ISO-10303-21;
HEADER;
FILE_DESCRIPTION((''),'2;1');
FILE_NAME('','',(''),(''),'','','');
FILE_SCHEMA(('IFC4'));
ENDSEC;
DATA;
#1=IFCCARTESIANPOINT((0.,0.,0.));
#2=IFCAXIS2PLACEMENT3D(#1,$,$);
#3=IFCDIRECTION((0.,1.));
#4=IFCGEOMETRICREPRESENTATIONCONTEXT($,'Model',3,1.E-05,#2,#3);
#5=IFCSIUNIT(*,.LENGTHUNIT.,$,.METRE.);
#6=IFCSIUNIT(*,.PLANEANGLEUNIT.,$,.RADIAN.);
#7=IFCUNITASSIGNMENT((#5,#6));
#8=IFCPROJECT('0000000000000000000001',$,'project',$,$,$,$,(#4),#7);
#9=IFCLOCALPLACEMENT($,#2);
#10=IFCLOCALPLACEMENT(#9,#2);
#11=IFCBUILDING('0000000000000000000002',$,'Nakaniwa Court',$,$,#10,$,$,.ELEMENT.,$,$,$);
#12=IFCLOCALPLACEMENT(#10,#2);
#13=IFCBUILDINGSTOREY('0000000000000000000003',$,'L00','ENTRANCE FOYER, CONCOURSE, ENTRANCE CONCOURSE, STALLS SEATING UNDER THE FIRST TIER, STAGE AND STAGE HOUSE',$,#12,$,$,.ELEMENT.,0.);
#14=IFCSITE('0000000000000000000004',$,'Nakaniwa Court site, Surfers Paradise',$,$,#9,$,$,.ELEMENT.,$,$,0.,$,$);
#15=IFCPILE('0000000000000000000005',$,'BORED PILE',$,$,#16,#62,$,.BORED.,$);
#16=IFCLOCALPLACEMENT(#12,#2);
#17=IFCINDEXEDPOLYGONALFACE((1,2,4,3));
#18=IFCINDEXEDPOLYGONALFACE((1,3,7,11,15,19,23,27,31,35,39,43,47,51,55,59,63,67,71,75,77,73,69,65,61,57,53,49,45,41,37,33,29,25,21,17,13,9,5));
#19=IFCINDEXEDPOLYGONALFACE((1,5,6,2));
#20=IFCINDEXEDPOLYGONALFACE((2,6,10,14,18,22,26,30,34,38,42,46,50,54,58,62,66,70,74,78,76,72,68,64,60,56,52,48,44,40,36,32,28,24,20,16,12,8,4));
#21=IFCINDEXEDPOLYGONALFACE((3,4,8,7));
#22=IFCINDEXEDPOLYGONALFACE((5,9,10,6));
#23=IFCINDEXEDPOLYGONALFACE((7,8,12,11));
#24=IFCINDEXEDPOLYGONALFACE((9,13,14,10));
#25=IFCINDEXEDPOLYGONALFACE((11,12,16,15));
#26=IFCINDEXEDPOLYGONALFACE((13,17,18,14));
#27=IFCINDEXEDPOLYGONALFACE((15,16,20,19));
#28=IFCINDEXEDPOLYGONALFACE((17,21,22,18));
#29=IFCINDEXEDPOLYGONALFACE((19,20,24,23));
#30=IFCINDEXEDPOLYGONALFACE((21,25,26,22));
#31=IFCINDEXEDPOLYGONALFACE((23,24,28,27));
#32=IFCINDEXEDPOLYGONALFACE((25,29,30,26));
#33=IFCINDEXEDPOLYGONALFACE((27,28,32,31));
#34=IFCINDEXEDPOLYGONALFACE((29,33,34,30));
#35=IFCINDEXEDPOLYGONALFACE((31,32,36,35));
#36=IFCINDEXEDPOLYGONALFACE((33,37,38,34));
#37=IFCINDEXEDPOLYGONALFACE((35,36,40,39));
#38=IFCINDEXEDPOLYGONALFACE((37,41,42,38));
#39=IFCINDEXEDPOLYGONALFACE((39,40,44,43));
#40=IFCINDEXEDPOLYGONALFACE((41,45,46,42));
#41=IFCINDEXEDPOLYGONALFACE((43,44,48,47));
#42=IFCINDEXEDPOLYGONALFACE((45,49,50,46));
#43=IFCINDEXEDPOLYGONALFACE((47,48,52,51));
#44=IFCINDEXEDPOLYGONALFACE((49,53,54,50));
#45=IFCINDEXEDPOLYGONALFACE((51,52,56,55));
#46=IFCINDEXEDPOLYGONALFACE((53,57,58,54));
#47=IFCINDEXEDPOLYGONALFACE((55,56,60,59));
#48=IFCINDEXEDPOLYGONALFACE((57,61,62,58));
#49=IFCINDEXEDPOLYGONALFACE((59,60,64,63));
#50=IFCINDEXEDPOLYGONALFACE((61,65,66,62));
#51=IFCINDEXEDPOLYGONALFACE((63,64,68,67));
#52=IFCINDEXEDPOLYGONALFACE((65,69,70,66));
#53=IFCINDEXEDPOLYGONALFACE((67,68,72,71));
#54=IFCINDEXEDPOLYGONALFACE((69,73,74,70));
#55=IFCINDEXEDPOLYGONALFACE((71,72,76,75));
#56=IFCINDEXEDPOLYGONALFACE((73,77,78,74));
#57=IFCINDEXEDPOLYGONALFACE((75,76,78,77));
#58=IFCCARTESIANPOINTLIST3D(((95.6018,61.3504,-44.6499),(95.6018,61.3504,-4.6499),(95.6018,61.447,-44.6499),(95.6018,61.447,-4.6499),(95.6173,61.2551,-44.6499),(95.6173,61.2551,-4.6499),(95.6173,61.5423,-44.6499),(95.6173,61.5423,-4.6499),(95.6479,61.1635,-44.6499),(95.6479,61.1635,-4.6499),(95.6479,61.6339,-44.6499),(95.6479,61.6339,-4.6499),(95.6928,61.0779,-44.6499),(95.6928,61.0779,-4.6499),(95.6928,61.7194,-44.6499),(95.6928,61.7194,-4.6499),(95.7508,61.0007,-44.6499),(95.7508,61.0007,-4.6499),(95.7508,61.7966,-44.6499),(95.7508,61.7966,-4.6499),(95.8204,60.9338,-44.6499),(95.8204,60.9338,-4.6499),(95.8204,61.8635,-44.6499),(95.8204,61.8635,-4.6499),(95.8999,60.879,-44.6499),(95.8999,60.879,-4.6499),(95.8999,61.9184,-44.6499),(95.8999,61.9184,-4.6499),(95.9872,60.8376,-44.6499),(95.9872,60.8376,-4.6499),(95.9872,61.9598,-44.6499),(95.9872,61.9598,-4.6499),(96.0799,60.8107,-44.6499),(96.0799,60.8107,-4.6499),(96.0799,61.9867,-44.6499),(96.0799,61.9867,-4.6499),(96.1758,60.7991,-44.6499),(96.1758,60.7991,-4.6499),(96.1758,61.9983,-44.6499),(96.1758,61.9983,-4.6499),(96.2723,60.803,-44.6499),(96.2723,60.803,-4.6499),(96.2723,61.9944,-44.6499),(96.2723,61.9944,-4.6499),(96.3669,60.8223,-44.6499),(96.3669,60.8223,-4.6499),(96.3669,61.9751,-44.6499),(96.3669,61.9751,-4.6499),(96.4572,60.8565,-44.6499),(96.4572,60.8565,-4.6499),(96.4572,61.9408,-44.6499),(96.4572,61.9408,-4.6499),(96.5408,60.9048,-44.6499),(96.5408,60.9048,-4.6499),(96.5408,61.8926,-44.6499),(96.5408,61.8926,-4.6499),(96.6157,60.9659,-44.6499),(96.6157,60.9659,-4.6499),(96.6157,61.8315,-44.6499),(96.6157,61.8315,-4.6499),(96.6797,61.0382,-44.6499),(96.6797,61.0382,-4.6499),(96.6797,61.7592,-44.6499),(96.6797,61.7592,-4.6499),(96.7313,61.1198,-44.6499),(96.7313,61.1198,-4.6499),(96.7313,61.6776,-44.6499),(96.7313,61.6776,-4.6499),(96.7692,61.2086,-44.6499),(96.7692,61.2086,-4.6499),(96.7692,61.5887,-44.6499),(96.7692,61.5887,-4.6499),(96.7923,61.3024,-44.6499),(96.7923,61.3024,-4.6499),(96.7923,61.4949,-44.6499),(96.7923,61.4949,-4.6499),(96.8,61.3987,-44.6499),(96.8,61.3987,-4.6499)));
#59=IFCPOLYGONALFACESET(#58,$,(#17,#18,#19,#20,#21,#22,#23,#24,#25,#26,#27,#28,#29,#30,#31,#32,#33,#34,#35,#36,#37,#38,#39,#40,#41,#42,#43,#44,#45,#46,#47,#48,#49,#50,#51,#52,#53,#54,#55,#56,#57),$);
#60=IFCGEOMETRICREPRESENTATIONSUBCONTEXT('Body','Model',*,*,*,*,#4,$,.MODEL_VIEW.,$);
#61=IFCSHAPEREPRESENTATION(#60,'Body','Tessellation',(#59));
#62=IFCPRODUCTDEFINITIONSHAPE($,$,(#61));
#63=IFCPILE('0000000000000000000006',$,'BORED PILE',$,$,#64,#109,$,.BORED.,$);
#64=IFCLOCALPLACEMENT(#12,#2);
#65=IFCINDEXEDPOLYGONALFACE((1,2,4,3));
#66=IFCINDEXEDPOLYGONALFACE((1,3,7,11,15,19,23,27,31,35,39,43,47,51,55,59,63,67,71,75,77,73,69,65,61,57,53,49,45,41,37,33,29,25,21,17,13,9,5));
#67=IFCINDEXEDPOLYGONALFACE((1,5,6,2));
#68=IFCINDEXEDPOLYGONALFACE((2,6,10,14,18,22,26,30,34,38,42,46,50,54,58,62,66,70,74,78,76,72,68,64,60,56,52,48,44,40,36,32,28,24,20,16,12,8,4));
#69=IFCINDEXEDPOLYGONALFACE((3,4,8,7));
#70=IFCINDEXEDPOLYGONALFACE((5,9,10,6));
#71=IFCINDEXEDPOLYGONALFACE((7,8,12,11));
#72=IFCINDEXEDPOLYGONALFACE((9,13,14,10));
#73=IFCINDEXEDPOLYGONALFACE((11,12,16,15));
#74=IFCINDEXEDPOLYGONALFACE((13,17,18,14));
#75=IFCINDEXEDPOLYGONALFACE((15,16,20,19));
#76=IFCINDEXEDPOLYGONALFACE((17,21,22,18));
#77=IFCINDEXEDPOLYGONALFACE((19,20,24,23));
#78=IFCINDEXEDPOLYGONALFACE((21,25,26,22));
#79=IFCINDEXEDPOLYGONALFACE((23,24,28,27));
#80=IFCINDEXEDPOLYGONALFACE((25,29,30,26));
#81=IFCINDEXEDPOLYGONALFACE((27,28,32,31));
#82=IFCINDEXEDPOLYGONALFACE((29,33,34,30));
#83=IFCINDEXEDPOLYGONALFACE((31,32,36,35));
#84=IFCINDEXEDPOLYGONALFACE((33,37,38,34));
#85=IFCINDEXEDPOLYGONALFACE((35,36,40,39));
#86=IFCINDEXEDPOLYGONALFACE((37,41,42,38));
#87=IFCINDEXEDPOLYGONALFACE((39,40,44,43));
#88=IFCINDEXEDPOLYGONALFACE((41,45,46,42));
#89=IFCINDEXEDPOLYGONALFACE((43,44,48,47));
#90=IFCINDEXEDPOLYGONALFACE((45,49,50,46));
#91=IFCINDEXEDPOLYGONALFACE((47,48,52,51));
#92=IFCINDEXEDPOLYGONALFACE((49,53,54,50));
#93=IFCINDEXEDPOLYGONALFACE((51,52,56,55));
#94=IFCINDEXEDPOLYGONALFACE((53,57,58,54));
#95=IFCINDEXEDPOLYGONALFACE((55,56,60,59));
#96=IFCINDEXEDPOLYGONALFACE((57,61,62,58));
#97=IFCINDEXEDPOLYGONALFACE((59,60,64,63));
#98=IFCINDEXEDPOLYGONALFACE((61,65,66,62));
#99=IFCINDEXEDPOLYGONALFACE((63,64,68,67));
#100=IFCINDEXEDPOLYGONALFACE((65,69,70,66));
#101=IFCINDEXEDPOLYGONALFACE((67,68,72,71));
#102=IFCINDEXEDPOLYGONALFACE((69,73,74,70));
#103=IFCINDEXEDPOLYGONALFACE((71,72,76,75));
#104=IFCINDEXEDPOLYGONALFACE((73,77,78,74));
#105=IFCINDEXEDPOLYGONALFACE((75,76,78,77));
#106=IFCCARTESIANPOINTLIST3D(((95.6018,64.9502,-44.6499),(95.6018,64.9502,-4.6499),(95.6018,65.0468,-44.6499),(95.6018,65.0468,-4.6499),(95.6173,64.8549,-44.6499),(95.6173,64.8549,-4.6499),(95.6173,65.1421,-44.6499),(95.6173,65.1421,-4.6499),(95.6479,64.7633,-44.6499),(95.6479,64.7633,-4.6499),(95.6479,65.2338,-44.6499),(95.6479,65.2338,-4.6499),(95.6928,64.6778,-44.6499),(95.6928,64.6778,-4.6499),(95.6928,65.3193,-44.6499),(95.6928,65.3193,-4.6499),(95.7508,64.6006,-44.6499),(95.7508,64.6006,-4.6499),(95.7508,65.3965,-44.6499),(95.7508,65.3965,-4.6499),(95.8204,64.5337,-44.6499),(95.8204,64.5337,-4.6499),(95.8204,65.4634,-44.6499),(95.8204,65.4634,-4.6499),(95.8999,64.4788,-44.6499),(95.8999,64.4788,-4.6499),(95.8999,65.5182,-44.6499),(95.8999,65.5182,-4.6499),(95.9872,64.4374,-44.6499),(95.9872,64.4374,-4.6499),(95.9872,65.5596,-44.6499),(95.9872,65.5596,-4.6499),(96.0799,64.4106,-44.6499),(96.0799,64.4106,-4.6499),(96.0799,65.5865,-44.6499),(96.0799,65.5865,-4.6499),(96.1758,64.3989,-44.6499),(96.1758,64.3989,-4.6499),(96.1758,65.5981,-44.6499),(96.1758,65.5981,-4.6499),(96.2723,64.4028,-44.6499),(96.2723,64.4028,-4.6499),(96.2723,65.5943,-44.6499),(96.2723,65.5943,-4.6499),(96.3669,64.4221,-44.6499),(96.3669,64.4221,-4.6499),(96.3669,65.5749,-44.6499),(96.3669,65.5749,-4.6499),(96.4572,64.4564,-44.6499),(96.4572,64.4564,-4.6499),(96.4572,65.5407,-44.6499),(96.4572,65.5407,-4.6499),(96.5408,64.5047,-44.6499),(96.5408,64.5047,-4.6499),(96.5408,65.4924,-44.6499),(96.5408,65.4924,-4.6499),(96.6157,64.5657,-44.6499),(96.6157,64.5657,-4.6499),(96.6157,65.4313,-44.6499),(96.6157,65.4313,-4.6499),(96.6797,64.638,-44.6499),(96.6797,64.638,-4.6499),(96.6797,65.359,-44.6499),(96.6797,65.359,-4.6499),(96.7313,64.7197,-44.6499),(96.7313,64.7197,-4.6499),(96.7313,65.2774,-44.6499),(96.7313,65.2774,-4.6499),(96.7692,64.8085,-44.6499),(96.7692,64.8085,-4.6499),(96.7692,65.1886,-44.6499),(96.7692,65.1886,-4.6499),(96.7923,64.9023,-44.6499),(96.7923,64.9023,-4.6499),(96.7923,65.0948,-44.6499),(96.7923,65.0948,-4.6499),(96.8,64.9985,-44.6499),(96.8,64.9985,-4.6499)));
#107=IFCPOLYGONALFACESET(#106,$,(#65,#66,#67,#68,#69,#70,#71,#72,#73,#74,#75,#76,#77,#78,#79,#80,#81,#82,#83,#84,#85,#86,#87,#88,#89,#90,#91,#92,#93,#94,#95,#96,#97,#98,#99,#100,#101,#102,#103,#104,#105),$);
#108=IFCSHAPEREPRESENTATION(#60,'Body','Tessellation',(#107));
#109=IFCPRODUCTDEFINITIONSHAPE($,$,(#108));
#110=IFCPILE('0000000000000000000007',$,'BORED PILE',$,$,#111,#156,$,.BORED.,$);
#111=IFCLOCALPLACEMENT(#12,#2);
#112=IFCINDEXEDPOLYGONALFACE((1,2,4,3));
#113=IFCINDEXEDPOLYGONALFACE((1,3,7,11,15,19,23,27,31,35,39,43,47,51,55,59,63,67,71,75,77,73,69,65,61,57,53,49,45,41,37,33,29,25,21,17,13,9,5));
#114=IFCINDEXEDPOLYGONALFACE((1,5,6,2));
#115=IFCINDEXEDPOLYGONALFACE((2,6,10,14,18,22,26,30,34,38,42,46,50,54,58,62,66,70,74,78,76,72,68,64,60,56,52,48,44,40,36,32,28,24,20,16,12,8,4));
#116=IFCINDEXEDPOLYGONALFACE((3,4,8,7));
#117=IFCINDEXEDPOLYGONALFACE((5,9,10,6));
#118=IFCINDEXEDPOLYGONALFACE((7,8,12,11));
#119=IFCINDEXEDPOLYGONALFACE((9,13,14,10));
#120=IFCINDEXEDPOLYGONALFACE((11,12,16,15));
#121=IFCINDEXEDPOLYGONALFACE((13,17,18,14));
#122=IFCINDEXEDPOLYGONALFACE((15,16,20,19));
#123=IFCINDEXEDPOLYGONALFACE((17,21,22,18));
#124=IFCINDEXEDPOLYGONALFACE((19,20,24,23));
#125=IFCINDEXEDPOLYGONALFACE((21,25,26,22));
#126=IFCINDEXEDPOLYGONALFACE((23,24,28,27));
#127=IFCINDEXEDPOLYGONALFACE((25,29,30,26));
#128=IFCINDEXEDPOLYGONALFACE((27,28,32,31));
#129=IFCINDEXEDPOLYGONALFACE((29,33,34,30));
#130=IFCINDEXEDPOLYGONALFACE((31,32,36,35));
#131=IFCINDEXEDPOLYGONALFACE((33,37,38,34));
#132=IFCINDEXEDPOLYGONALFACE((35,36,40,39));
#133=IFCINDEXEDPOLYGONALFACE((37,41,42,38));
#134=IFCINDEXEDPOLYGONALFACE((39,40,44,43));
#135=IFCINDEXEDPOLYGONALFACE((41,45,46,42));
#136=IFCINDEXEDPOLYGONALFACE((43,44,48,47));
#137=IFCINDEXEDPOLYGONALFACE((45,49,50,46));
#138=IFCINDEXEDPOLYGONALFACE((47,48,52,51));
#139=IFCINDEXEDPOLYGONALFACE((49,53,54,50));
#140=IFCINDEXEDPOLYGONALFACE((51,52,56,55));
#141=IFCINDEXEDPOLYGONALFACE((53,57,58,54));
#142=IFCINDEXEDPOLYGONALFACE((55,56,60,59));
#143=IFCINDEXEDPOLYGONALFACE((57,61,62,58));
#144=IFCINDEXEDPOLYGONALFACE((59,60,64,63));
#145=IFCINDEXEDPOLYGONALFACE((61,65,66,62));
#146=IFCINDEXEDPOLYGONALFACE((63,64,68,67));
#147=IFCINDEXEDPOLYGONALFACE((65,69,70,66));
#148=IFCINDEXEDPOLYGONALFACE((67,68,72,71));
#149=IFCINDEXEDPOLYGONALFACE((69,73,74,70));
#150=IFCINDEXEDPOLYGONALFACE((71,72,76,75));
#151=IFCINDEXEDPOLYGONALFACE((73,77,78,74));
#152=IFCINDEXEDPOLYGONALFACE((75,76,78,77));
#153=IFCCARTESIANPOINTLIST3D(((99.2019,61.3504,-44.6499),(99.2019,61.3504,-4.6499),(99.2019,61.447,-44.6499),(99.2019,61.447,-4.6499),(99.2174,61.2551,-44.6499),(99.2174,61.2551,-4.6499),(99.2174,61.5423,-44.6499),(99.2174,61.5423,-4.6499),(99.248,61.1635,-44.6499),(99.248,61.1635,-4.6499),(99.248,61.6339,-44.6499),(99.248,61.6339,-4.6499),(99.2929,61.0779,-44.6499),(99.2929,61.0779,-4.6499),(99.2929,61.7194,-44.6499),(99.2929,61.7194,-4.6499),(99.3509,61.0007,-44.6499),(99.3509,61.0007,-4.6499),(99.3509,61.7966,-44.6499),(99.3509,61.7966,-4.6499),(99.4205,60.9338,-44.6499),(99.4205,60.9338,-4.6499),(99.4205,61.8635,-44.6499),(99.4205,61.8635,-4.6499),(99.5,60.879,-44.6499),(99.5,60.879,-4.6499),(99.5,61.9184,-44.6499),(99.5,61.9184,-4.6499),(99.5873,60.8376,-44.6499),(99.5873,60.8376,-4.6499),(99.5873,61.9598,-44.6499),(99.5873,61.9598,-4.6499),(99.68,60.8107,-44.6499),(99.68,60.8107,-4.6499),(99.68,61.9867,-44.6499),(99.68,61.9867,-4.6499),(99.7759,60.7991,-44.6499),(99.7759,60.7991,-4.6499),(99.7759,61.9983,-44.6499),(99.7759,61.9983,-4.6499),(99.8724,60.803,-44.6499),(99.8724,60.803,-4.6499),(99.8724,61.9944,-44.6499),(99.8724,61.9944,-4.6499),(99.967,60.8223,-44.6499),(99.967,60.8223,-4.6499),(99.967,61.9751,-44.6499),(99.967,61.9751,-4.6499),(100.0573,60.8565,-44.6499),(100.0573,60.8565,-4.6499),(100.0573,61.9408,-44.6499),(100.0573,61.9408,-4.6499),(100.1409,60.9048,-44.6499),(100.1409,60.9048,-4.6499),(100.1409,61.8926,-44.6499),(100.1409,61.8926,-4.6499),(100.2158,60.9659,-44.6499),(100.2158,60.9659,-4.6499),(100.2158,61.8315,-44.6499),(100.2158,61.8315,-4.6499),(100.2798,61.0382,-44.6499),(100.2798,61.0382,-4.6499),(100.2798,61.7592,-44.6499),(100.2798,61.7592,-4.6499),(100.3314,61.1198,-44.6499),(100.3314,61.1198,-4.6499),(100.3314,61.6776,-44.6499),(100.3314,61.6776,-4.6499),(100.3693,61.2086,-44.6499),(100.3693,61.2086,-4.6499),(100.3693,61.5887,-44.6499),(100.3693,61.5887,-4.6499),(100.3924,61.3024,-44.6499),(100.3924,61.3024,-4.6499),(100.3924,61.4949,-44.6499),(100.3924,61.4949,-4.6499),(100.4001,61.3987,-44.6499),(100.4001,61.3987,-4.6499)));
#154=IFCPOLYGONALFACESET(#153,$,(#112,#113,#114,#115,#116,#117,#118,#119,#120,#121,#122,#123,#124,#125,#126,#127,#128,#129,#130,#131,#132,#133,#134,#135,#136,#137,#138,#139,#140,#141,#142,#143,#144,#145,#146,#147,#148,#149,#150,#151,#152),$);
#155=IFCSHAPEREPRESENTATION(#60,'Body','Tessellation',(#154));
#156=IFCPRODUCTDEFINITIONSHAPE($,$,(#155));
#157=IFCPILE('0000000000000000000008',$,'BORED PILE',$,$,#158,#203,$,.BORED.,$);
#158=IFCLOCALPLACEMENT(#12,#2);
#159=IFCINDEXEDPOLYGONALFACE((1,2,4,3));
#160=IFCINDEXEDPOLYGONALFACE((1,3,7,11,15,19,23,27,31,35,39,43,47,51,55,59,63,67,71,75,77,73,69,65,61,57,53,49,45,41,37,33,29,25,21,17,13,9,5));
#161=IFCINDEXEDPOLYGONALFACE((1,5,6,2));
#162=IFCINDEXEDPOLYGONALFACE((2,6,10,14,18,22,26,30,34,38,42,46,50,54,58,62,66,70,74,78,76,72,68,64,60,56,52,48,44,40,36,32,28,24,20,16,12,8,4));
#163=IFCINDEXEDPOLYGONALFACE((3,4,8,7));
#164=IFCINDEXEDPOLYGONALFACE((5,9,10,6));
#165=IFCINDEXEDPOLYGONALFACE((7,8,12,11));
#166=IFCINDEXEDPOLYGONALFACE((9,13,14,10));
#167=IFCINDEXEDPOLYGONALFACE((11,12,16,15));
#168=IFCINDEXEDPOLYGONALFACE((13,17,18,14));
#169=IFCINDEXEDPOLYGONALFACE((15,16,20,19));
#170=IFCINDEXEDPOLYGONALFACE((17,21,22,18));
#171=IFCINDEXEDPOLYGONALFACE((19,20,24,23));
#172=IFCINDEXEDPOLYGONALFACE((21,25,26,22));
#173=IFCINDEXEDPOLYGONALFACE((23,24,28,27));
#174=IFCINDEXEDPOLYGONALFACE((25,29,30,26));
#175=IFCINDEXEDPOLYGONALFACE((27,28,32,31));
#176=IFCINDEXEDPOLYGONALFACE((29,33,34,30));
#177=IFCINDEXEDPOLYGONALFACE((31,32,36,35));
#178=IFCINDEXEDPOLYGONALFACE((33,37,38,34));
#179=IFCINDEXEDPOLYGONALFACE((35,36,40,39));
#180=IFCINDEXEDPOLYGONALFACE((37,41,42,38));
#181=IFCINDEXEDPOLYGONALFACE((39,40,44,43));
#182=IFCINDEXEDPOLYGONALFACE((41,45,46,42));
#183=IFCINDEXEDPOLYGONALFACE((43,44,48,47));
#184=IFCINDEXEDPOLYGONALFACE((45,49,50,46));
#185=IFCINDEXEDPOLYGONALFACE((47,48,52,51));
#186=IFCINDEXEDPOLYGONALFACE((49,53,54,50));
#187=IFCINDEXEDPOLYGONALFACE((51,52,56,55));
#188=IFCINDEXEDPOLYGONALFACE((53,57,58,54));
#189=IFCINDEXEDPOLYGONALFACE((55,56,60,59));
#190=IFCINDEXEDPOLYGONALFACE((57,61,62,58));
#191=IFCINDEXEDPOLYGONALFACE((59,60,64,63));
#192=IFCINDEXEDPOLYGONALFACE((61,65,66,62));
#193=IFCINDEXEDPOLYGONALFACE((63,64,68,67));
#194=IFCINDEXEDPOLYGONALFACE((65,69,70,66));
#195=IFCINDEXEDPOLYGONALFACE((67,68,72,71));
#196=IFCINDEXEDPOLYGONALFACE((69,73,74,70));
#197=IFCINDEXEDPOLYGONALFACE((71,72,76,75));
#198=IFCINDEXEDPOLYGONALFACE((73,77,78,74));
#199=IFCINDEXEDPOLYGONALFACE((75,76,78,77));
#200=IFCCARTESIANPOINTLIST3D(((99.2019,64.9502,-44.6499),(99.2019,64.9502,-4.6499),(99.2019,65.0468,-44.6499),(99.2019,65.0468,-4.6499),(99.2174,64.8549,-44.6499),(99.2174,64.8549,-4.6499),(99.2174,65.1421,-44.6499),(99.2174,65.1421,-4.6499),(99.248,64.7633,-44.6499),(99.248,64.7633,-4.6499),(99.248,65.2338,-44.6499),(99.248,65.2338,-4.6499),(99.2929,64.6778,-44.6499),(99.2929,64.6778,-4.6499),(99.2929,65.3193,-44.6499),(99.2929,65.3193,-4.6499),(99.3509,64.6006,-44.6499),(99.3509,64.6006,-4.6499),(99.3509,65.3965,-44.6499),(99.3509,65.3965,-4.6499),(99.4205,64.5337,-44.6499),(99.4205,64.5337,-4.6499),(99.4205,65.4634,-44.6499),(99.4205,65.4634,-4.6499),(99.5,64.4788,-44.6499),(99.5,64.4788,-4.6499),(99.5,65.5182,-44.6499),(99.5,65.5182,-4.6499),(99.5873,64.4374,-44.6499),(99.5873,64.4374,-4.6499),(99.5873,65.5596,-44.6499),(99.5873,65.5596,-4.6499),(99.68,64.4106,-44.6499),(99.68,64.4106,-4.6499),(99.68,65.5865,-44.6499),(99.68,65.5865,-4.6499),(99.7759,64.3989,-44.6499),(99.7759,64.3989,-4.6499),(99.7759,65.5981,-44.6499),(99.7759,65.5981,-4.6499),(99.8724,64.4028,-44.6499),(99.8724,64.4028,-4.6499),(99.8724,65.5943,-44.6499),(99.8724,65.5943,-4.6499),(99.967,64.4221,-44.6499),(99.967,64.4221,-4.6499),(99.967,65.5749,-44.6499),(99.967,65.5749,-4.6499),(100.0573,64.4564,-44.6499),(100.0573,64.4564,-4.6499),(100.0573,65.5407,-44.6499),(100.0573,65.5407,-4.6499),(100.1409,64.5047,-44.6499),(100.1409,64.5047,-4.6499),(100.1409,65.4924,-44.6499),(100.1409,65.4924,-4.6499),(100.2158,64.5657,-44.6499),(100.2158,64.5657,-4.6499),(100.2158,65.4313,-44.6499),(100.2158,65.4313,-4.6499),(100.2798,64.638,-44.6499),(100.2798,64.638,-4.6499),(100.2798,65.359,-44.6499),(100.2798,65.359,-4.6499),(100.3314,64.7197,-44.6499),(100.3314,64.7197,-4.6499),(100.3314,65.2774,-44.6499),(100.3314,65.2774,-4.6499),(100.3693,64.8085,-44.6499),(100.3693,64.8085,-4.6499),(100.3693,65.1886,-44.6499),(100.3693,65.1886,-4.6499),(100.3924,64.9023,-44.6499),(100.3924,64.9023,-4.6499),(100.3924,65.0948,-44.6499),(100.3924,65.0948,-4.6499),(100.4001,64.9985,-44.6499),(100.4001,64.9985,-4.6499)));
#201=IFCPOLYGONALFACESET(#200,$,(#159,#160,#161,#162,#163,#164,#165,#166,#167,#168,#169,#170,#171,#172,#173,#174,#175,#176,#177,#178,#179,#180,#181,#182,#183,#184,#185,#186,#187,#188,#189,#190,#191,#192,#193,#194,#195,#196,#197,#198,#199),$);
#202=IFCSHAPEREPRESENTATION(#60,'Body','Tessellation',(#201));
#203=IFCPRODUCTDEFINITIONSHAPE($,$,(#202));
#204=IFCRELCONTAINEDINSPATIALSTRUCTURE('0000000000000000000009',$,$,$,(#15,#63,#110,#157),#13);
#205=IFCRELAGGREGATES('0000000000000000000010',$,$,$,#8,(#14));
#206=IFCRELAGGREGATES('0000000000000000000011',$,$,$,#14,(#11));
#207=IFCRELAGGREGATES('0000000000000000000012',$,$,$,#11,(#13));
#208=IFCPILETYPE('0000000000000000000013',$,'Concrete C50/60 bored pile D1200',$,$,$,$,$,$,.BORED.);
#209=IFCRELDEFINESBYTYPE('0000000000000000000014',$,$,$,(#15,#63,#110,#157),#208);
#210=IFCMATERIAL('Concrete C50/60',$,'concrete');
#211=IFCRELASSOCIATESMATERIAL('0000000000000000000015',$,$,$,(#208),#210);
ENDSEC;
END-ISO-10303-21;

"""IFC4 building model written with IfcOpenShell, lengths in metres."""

from ifc_helpers import new_model, si_unit, direction, frame, origin, origin_2d, place, context, subcontext, project, spatial, circle, extrude, material, material_profile, profile_set, type_object, element, save


model = new_model("IFC4")

# Units and contexts
model_context = context("Model", 3, precision=1e-05, world=origin(), true_north=direction((0.0, 1.0)))
body_context = subcontext(model_context, "Body", "Model", "MODEL_VIEW")
ifc_project = project(units=[si_unit("LENGTHUNIT", "METRE"), si_unit("PLANEANGLEUNIT", "RADIAN")], contexts=[model_context])

# Site, building, storey
site_placement = place(None, origin())
site = spatial("IfcSite", under=ifc_project, at=site_placement, Name="Nakaniwa Court site, Surfers Paradise", CompositionType="ELEMENT", RefElevation=0.0)
building_placement = place(site_placement, origin())
building = spatial("IfcBuilding", under=site, at=building_placement, Name="Nakaniwa Court", CompositionType="ELEMENT")
storey_placement = place(building_placement, origin())
storey = spatial("IfcBuildingStorey", under=building, at=storey_placement, Name="L00", Description="ENTRANCE FOYER, CONCOURSE, ENTRANCE CONCOURSE, STALLS SEATING UNDER THE FIRST TIER, STAGE AND STAGE HOUSE", CompositionType="ELEMENT", Elevation=0.0)

# Piles
ifc_material_1 = material(Name="Concrete C50/60", Category="concrete")
ifc_material_profile_1 = material_profile(ifc_material_1, circle(Radius=0.6001, at=origin_2d()), Name="Concrete C50/60 bored pile D1200")
ifc_profile_set_1 = profile_set([ifc_material_profile_1], Name="Concrete C50/60")
pile_type = type_object("IfcPileType", Name="Concrete C50/60 bored pile D1200", PredefinedType="BORED", material=ifc_profile_set_1)
for number, where, z_axis, x_axis, name in (
    (1, (96.2, 61.3987, -4.6499), (0.0, 0.0, -1.0), (1.0, 0.0, 0.0), "BORED PILE"),
    (2, (96.2, 64.9985, -4.6499), (0.0, 0.0, -1.0), (1.0, 0.0, 0.0), "BORED PILE"),
    (3, (99.8, 61.3987, -4.6499), (0.0, 0.0, -1.0), (1.0, 0.0, 0.0), "BORED PILE"),
    (4, (99.8, 64.9985, -4.6499), (0.0, 0.0, -1.0), (1.0, 0.0, 0.0), "BORED PILE"),
):
    element("IfcPile", number, at=place(storey_placement, frame(where, z_axis=z_axis, x_axis=x_axis)), inside=storey, type_object=pile_type, Name=name, PredefinedType="BORED", context=body_context, shape_type="SweptSolid", body=[
        extrude(circle(Radius=0.6001, at=origin_2d()), origin(), (0.0, 0.0, 1.0), 40.0),
    ])

save(model, "model.ifc")
